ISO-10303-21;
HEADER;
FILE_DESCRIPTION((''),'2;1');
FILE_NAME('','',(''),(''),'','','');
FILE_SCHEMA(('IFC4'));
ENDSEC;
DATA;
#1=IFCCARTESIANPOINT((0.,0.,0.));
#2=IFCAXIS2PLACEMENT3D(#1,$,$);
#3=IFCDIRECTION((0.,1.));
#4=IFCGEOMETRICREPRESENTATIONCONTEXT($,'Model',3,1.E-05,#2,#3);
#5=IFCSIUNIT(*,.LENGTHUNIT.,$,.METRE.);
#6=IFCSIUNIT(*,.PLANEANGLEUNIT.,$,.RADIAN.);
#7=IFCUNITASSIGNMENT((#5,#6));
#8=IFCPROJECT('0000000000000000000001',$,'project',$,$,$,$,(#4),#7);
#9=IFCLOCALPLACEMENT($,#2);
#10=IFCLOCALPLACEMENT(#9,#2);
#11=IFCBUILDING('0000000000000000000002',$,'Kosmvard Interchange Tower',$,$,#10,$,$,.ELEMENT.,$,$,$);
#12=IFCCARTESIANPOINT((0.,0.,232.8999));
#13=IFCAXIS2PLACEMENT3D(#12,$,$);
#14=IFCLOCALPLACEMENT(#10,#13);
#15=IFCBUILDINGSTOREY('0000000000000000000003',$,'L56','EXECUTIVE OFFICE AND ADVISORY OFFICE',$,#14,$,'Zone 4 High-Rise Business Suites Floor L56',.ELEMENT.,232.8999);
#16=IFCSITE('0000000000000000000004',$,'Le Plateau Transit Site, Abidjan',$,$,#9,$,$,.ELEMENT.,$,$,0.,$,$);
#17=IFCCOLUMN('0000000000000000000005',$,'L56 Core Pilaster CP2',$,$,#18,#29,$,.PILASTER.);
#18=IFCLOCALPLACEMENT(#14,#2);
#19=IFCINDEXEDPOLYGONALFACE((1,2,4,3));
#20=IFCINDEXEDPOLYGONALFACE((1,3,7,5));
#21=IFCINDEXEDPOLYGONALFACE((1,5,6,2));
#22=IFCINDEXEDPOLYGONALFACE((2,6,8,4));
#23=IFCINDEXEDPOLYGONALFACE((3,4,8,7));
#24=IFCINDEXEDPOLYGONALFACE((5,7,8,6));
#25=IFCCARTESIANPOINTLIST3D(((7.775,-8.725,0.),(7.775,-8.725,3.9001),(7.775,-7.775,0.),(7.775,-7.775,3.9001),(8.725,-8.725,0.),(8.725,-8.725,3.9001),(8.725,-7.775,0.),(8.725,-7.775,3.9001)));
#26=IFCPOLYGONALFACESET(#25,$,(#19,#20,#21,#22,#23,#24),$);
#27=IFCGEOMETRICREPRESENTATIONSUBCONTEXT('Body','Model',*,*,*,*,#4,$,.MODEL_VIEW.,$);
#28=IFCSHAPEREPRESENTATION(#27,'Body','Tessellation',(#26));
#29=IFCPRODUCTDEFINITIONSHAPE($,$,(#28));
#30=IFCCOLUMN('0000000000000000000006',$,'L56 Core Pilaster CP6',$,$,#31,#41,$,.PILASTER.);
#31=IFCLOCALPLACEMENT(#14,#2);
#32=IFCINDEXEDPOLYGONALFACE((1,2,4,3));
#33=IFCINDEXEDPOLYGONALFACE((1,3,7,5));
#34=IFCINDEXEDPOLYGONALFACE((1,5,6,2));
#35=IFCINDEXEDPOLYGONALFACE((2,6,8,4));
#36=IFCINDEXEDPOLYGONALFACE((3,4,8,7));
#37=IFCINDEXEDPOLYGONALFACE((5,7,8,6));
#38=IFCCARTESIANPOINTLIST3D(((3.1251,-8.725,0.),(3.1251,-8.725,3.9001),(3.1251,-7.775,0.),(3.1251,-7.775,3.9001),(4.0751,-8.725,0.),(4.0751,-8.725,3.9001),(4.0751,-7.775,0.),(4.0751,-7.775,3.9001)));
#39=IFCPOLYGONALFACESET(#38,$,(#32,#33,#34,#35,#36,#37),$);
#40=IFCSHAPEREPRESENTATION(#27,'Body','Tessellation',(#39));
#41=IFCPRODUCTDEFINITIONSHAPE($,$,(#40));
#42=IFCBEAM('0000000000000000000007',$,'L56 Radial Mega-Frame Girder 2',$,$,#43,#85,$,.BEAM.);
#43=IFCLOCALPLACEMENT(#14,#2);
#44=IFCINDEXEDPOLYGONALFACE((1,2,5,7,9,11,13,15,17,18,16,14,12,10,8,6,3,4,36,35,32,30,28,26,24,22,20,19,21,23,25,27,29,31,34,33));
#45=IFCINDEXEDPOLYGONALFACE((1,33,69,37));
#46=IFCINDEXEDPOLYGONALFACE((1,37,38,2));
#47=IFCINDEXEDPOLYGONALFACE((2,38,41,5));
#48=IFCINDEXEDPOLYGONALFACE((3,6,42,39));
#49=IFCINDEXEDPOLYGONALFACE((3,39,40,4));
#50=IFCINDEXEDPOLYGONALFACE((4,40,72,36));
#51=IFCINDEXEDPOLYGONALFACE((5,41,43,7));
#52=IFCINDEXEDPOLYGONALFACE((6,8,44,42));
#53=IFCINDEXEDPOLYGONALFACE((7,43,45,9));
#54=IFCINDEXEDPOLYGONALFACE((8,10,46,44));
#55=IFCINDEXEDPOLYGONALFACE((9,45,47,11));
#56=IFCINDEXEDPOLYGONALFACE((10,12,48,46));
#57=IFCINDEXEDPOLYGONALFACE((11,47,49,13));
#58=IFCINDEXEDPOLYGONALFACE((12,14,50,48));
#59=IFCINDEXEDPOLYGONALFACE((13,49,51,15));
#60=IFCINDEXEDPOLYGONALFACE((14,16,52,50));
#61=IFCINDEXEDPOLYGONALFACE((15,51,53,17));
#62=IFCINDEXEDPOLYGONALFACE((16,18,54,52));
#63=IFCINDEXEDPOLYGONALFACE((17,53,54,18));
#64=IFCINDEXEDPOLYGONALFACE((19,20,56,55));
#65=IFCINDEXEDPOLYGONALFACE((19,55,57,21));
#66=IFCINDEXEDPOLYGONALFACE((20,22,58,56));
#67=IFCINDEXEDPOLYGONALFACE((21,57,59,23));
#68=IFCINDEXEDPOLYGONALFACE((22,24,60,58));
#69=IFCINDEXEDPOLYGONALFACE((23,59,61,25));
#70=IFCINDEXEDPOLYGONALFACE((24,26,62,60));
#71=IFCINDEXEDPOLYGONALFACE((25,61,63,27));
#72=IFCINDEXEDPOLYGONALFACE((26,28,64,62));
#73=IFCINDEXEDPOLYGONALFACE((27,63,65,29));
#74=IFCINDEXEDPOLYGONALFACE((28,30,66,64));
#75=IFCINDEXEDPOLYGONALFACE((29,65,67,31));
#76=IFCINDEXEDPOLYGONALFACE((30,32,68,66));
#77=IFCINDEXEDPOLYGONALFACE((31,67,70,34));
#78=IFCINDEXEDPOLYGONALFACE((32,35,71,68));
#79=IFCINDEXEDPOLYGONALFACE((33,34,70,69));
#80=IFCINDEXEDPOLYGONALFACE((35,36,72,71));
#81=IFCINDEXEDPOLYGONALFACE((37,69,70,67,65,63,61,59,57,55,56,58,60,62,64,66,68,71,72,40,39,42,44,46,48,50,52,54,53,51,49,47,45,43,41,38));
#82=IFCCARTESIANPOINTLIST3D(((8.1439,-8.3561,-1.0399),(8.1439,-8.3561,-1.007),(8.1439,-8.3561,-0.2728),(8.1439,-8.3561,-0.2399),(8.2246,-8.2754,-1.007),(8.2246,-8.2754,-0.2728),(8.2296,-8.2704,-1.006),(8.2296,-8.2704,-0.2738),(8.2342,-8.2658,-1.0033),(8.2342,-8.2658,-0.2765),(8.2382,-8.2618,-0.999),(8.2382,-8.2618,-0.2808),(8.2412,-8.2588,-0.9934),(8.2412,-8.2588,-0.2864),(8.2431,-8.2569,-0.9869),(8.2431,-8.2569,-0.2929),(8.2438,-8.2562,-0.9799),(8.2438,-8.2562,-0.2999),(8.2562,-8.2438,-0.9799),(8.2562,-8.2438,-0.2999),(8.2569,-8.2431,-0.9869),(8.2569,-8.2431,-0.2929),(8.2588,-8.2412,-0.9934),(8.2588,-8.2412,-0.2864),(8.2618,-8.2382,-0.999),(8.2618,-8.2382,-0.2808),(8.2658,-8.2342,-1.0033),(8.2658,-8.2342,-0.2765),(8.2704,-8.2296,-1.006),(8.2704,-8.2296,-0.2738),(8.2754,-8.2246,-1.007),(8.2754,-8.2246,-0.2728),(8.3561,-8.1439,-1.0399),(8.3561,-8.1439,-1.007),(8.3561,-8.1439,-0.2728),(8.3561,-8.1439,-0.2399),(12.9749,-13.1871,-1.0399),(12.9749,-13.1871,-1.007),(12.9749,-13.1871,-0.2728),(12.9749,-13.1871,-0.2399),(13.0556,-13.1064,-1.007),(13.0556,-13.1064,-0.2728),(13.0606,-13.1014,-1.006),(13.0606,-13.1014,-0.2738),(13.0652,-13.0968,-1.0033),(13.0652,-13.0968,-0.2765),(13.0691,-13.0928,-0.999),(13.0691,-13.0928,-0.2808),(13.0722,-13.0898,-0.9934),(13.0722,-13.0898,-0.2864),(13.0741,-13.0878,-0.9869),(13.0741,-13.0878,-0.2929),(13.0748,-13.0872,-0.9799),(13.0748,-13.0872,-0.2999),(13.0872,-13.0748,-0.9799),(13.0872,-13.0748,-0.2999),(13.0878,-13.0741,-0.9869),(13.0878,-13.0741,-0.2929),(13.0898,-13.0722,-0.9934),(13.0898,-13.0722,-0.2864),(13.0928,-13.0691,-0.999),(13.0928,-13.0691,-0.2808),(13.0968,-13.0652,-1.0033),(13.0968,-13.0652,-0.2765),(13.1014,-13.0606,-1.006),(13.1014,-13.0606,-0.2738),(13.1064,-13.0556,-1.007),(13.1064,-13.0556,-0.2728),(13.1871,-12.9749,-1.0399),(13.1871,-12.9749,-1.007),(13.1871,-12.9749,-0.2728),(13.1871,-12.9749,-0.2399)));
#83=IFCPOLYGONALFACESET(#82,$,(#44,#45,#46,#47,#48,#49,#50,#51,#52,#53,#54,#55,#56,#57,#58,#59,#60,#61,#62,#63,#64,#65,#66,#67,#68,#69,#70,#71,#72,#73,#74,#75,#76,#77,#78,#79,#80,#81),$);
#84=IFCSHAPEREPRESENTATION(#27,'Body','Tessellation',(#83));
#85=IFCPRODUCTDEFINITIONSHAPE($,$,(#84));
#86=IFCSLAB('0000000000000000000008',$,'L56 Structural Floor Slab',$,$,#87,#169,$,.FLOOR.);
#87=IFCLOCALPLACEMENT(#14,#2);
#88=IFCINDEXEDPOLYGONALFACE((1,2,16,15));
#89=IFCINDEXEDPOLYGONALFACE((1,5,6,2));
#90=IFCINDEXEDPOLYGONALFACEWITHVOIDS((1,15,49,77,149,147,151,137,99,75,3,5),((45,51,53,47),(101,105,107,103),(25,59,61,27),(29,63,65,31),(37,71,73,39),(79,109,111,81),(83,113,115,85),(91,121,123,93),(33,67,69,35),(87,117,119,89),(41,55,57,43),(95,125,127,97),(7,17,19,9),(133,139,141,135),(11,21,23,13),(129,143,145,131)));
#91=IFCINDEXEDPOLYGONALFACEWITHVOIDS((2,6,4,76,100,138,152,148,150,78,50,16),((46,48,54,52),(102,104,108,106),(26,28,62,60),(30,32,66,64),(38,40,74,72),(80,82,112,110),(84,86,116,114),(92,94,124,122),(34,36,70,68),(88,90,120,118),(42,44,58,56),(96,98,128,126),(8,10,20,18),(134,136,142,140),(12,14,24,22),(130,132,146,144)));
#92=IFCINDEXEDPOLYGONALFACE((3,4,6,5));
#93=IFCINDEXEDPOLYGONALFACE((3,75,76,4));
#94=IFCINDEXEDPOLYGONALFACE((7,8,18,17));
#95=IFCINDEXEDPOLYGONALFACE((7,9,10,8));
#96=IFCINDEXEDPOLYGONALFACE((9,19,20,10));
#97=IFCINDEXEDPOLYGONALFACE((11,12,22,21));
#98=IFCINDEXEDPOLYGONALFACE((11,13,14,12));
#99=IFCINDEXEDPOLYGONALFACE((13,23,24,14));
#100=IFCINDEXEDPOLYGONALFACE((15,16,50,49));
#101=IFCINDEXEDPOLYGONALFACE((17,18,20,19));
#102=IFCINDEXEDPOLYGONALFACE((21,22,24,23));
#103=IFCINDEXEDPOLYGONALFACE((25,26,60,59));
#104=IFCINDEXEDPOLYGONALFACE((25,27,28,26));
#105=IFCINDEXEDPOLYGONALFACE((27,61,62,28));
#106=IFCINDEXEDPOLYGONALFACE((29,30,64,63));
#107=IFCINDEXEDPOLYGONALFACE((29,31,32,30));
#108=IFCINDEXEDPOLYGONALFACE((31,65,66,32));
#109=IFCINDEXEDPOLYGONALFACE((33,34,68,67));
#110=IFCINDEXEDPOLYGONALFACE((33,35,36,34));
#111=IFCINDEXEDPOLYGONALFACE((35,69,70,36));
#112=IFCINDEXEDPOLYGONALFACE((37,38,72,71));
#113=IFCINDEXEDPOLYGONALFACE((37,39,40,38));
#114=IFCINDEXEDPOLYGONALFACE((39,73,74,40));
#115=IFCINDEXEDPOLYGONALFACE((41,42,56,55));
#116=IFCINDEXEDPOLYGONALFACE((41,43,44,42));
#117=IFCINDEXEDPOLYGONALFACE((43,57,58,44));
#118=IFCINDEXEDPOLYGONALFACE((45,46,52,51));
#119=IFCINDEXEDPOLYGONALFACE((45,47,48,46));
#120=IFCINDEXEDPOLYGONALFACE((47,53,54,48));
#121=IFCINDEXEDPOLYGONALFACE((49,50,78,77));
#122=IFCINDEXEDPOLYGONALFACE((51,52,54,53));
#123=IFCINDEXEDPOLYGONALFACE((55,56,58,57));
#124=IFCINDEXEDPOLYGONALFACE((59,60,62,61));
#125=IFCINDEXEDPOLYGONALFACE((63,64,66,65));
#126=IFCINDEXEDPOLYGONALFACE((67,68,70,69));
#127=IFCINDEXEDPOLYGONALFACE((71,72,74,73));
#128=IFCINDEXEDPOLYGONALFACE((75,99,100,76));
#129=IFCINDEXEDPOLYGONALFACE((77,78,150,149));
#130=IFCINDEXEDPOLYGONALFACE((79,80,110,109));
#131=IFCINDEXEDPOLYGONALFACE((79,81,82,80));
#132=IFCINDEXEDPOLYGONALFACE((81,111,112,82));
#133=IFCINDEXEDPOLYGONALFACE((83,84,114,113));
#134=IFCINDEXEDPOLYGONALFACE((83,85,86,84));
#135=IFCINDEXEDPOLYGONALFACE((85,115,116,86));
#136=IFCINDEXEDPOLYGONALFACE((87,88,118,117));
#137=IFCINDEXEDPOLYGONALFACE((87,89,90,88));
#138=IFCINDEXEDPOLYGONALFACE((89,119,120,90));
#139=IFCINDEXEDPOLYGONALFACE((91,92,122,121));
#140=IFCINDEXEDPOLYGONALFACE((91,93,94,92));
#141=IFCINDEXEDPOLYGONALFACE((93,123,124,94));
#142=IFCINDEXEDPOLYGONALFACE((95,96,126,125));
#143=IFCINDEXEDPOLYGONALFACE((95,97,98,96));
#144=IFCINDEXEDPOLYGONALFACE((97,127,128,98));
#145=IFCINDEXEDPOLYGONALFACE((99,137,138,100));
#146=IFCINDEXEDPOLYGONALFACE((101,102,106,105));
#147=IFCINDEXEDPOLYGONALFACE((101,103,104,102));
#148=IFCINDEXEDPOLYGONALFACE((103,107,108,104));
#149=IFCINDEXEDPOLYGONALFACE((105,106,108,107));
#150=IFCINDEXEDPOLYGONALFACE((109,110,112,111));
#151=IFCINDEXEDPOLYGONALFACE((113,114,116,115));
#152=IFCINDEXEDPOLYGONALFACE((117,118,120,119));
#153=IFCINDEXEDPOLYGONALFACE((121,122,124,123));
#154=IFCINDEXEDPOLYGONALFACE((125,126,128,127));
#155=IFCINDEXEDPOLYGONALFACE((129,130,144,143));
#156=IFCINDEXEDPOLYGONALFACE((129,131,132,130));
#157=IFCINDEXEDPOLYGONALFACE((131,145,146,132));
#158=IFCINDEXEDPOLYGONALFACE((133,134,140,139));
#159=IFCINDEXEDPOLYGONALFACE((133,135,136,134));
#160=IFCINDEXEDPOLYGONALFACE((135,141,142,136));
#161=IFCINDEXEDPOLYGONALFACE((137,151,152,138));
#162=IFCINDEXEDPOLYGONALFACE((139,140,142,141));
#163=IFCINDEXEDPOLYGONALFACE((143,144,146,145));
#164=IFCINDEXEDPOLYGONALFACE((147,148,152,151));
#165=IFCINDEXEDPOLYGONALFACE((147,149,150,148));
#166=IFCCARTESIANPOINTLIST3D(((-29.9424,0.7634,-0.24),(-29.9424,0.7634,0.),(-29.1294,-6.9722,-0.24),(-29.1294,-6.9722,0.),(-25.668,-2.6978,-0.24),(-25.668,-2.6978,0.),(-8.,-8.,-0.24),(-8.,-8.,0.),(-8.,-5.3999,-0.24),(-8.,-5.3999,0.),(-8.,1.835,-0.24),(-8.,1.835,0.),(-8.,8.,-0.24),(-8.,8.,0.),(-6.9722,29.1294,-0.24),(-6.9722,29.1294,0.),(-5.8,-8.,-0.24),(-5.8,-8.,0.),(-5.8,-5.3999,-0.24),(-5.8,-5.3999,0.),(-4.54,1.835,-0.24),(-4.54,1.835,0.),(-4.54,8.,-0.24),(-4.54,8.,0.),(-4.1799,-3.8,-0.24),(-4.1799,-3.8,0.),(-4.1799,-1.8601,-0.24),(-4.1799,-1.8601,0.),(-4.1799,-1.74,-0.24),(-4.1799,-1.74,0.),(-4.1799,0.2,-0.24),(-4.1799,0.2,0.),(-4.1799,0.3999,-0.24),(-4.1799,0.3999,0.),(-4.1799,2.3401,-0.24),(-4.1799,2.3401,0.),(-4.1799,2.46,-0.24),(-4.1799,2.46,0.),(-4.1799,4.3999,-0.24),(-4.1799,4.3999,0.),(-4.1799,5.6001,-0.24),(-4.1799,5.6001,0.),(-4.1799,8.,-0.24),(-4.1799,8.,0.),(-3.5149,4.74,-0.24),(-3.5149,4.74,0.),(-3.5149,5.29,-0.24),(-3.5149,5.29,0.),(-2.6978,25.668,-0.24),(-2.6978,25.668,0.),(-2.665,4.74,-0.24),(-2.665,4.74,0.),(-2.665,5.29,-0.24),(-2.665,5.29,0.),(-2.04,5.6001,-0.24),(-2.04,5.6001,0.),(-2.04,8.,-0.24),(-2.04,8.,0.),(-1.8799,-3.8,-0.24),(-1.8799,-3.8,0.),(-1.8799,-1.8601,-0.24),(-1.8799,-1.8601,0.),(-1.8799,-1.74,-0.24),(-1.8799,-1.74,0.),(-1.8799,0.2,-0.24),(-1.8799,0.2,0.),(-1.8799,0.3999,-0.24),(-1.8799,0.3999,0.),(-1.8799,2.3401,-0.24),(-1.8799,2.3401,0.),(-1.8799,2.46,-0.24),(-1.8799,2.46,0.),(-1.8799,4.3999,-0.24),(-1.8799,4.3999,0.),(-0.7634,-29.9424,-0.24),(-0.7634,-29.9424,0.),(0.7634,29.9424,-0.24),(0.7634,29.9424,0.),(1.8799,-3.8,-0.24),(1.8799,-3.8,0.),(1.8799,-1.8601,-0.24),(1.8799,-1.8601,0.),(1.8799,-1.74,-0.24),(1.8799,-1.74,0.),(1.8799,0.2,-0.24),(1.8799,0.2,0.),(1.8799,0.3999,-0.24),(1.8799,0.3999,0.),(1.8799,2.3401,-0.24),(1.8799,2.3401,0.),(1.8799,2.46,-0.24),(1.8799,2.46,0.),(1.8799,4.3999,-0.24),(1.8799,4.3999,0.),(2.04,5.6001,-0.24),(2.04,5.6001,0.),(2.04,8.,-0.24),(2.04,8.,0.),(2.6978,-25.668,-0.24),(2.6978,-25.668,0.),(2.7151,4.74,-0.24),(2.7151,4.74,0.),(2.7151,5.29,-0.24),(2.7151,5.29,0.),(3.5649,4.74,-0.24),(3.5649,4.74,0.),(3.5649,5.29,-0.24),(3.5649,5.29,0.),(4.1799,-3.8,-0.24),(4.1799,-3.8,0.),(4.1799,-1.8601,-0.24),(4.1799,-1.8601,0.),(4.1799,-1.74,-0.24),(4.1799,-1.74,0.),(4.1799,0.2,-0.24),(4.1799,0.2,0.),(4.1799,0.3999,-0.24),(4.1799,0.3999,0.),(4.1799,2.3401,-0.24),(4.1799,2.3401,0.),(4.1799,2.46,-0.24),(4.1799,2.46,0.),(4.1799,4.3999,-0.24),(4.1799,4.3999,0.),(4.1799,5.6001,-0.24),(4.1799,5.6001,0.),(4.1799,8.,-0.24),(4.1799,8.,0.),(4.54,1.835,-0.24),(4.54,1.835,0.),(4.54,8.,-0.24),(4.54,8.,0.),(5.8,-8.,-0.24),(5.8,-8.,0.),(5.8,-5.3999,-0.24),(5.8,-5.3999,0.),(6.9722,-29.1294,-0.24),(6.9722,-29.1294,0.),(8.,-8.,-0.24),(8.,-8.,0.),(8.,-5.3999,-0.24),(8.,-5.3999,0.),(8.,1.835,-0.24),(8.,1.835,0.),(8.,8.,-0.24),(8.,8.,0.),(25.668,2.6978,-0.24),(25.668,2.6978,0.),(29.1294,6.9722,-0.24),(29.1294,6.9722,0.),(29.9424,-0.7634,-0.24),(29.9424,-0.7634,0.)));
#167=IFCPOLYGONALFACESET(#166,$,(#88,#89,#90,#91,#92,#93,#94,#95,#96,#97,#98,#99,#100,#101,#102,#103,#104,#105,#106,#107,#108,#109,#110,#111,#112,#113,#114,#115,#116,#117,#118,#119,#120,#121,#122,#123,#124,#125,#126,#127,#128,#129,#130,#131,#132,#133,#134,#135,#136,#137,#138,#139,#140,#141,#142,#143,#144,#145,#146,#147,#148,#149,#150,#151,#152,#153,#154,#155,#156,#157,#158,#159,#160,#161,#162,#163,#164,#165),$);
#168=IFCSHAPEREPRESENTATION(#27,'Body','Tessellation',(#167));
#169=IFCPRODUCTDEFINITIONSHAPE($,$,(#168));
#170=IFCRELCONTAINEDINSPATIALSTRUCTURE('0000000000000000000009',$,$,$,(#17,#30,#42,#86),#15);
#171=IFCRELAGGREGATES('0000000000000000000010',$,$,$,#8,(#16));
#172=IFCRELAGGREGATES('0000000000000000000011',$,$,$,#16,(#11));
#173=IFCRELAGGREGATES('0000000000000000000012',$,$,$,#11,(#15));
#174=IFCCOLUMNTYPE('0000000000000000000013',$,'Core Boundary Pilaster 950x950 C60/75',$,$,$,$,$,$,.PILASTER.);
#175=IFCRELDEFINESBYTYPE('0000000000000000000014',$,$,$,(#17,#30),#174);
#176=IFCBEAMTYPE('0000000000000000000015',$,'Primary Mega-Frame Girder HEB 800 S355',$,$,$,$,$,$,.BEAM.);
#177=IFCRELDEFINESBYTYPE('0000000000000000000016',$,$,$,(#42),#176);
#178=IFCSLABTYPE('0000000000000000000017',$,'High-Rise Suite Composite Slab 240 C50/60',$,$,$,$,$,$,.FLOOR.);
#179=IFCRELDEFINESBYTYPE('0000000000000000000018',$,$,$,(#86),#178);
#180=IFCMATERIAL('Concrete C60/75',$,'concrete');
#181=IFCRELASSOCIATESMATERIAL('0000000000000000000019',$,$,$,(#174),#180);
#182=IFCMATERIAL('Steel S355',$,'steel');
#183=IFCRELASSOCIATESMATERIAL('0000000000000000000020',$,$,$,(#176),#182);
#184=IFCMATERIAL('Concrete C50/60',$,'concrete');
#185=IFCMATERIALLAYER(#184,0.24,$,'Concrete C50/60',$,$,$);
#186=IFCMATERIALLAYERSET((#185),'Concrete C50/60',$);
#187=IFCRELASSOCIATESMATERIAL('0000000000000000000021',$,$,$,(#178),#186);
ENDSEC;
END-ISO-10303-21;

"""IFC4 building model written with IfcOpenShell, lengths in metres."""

from ifc_helpers import new_model, si_unit, direction, frame, origin, origin_2d, place, context, subcontext, project, spatial, polyline, rectangle, i_section, outline, extrude, source, transform, mapped, material, layer, layer_set, material_profile, profile_set, type_object, element, save


model = new_model("IFC4")

# Units and contexts
model_context = context("Model", 3, precision=1e-05, world=origin(), true_north=direction((0.0, 1.0)))
body_context = subcontext(model_context, "Body", "Model", "MODEL_VIEW")
ifc_project = project(units=[si_unit("LENGTHUNIT", "METRE"), si_unit("PLANEANGLEUNIT", "RADIAN")], contexts=[model_context])

# Site, building, storey
site_placement = place(None, origin())
site = spatial("IfcSite", under=ifc_project, at=site_placement, Name="Le Plateau Transit Site, Abidjan", CompositionType="ELEMENT", RefElevation=0.0)
building_placement = place(site_placement, origin())
building = spatial("IfcBuilding", under=site, at=building_placement, Name="Kosmvard Interchange Tower", CompositionType="ELEMENT")
storey_placement = place(building_placement, frame((0.0, 0.0, 232.8999)))
storey = spatial("IfcBuildingStorey", under=building, at=storey_placement, Name="L56", Description="EXECUTIVE OFFICE AND ADVISORY OFFICE", LongName="Zone 4 High-Rise Business Suites Floor L56", CompositionType="ELEMENT", Elevation=232.8999)

# Columns
ifc_material_1 = material(Name="Concrete C60/75", Category="concrete")
ifc_material_profile_1 = material_profile(ifc_material_1, rectangle(XDim=0.95, YDim=0.95, at=origin_2d()), Name="CP 950x950")
ifc_profile_set_1 = profile_set([ifc_material_profile_1], Name="Concrete C60/75")
column_type = type_object("IfcColumnType", Name="Core Boundary Pilaster 950x950 C60/75", PredefinedType="PILASTER", material=ifc_profile_set_1)
shared_shape_1 = source(origin(), body_context, "Body", "SweptSolid", [
    extrude(rectangle(XDim=0.95, YDim=0.95, at=origin_2d()), origin(), (0.0, 0.0, 1.0), 3.9001),
])
for number, where, z_axis, x_axis, name in (
    (1, (8.25, -8.25, 0.0), (0.0, 0.0, 1.0), (1.0, 0.0, 0.0), "L56 Core Pilaster CP2"),
    (2, (3.6001, -8.25, 0.0), (0.0, 0.0, 1.0), (1.0, 0.0, 0.0), "L56 Core Pilaster CP6"),
):
    element("IfcColumn", number, at=place(storey_placement, frame(where, z_axis=z_axis, x_axis=x_axis)), inside=storey, type_object=column_type, Name=name, PredefinedType="PILASTER", context=body_context, shape_type="MappedRepresentation", body=[
        mapped(shared_shape_1, transform((0.0, 0.0, 0.0), scale=1.0)),
    ])

# Beam
ifc_material_2 = material(Name="Steel S355", Category="steel")
ifc_material_profile_2 = material_profile(ifc_material_2, i_section(OverallWidth=0.3, OverallDepth=0.8, WebThickness=0.0176, FlangeThickness=0.033, FilletRadius=0.0271, at=origin_2d()), Name="HEB 800")
ifc_profile_set_2 = profile_set([ifc_material_profile_2], Name="Steel S355")
beam_type = type_object("IfcBeamType", Name="Primary Mega-Frame Girder HEB 800 S355", PredefinedType="BEAM", material=ifc_profile_set_2)
shared_shape_2 = source(origin(), body_context, "Body", "SweptSolid", [
    extrude(i_section(OverallWidth=0.3, OverallDepth=0.8, WebThickness=0.0176, FlangeThickness=0.033, FilletRadius=0.0271, at=origin_2d()), origin(), (0.0, 0.0, 1.0), 6.832),
])
beam_placement = place(storey_placement, frame((8.25, -8.25, -0.6399), z_axis=(0.707107, -0.707107, 0.0), x_axis=(0.707107, 0.707107, 0.0)))
element("IfcBeam", 3, at=beam_placement, inside=storey, type_object=beam_type, Name="L56 Radial Mega-Frame Girder 2", PredefinedType="BEAM", context=body_context, shape_type="MappedRepresentation", body=[
    mapped(shared_shape_2, transform((0.0, 0.0, 0.0), scale=1.0)),
])

# Slab
ifc_material_3 = material(Name="Concrete C50/60", Category="concrete")
ifc_layer_1 = layer(ifc_material_3, 0.24, Name="Concrete C50/60")
ifc_layer_set_1 = layer_set([ifc_layer_1], Name="Concrete C50/60")
slab_type = type_object("IfcSlabType", Name="High-Rise Suite Composite Slab 240 C50/60", PredefinedType="FLOOR", material=ifc_layer_set_1)
slab_placement = place(storey_placement, frame((0.0, 0.0, -0.24)))
element("IfcSlab", 4, at=slab_placement, inside=storey, type_object=slab_type, Name="L56 Structural Floor Slab", PredefinedType="FLOOR", context=body_context, shape_type="SweptSolid", body=[
    extrude(outline(polyline([(6.9722, -29.1294), (29.9424, -0.7634), (25.668, 2.6978), (29.1294, 6.9722), (0.7634, 29.9424), (-2.6978, 25.668), (-6.9722, 29.1294), (-29.9424, 0.7634), (-25.668, -2.6978), (-29.1294, -6.9722), (-0.7634, -29.9424), (2.6978, -25.668), (6.9722, -29.1294)]), holes=[polyline([(-8.0, 1.835), (-4.54, 1.835), (-4.54, 8.0), (-8.0, 8.0), (-8.0, 1.835)]), polyline([(4.54, 1.835), (8.0, 1.835), (8.0, 8.0), (4.54, 8.0), (4.54, 1.835)]), polyline([(-8.0, -8.0), (-5.8, -8.0), (-5.8, -5.3999), (-8.0, -5.3999), (-8.0, -8.0)]), polyline([(5.8, -8.0), (8.0, -8.0), (8.0, -5.3999), (5.8, -5.3999), (5.8, -8.0)]), polyline([(-4.1799, -3.8), (-1.8799, -3.8), (-1.8799, -1.8601), (-4.1799, -1.8601), (-4.1799, -3.8)]), polyline([(-4.1799, -1.74), (-1.8799, -1.74), (-1.8799, 0.2), (-4.1799, 0.2), (-4.1799, -1.74)]), polyline([(1.8799, -3.8), (4.1799, -3.8), (4.1799, -1.8601), (1.8799, -1.8601), (1.8799, -3.8)]), polyline([(1.8799, -1.74), (4.1799, -1.74), (4.1799, 0.2), (1.8799, 0.2), (1.8799, -1.74)]), polyline([(-4.1799, 0.3999), (-1.8799, 0.3999), (-1.8799, 2.3401), (-4.1799, 2.3401), (-4.1799, 0.3999)]), polyline([(-4.1799, 2.46), (-1.8799, 2.46), (-1.8799, 4.3999), (-4.1799, 4.3999), (-4.1799, 2.46)]), polyline([(1.8799, 0.3999), (4.1799, 0.3999), (4.1799, 2.3401), (1.8799, 2.3401), (1.8799, 0.3999)]), polyline([(1.8799, 2.46), (4.1799, 2.46), (4.1799, 4.3999), (1.8799, 4.3999), (1.8799, 2.46)]), polyline([(-4.1799, 5.6001), (-2.04, 5.6001), (-2.04, 8.0), (-4.1799, 8.0), (-4.1799, 5.6001)]), polyline([(2.04, 5.6001), (4.1799, 5.6001), (4.1799, 8.0), (2.04, 8.0), (2.04, 5.6001)]), polyline([(-3.5149, 4.74), (-2.665, 4.74), (-2.665, 5.29), (-3.5149, 5.29), (-3.5149, 4.74)]), polyline([(2.7151, 4.74), (3.5649, 4.74), (3.5649, 5.29), (2.7151, 5.29), (2.7151, 4.74)])]), origin(), (0.0, 0.0, 1.0), 0.24),
])

save(model, "model.ifc")
